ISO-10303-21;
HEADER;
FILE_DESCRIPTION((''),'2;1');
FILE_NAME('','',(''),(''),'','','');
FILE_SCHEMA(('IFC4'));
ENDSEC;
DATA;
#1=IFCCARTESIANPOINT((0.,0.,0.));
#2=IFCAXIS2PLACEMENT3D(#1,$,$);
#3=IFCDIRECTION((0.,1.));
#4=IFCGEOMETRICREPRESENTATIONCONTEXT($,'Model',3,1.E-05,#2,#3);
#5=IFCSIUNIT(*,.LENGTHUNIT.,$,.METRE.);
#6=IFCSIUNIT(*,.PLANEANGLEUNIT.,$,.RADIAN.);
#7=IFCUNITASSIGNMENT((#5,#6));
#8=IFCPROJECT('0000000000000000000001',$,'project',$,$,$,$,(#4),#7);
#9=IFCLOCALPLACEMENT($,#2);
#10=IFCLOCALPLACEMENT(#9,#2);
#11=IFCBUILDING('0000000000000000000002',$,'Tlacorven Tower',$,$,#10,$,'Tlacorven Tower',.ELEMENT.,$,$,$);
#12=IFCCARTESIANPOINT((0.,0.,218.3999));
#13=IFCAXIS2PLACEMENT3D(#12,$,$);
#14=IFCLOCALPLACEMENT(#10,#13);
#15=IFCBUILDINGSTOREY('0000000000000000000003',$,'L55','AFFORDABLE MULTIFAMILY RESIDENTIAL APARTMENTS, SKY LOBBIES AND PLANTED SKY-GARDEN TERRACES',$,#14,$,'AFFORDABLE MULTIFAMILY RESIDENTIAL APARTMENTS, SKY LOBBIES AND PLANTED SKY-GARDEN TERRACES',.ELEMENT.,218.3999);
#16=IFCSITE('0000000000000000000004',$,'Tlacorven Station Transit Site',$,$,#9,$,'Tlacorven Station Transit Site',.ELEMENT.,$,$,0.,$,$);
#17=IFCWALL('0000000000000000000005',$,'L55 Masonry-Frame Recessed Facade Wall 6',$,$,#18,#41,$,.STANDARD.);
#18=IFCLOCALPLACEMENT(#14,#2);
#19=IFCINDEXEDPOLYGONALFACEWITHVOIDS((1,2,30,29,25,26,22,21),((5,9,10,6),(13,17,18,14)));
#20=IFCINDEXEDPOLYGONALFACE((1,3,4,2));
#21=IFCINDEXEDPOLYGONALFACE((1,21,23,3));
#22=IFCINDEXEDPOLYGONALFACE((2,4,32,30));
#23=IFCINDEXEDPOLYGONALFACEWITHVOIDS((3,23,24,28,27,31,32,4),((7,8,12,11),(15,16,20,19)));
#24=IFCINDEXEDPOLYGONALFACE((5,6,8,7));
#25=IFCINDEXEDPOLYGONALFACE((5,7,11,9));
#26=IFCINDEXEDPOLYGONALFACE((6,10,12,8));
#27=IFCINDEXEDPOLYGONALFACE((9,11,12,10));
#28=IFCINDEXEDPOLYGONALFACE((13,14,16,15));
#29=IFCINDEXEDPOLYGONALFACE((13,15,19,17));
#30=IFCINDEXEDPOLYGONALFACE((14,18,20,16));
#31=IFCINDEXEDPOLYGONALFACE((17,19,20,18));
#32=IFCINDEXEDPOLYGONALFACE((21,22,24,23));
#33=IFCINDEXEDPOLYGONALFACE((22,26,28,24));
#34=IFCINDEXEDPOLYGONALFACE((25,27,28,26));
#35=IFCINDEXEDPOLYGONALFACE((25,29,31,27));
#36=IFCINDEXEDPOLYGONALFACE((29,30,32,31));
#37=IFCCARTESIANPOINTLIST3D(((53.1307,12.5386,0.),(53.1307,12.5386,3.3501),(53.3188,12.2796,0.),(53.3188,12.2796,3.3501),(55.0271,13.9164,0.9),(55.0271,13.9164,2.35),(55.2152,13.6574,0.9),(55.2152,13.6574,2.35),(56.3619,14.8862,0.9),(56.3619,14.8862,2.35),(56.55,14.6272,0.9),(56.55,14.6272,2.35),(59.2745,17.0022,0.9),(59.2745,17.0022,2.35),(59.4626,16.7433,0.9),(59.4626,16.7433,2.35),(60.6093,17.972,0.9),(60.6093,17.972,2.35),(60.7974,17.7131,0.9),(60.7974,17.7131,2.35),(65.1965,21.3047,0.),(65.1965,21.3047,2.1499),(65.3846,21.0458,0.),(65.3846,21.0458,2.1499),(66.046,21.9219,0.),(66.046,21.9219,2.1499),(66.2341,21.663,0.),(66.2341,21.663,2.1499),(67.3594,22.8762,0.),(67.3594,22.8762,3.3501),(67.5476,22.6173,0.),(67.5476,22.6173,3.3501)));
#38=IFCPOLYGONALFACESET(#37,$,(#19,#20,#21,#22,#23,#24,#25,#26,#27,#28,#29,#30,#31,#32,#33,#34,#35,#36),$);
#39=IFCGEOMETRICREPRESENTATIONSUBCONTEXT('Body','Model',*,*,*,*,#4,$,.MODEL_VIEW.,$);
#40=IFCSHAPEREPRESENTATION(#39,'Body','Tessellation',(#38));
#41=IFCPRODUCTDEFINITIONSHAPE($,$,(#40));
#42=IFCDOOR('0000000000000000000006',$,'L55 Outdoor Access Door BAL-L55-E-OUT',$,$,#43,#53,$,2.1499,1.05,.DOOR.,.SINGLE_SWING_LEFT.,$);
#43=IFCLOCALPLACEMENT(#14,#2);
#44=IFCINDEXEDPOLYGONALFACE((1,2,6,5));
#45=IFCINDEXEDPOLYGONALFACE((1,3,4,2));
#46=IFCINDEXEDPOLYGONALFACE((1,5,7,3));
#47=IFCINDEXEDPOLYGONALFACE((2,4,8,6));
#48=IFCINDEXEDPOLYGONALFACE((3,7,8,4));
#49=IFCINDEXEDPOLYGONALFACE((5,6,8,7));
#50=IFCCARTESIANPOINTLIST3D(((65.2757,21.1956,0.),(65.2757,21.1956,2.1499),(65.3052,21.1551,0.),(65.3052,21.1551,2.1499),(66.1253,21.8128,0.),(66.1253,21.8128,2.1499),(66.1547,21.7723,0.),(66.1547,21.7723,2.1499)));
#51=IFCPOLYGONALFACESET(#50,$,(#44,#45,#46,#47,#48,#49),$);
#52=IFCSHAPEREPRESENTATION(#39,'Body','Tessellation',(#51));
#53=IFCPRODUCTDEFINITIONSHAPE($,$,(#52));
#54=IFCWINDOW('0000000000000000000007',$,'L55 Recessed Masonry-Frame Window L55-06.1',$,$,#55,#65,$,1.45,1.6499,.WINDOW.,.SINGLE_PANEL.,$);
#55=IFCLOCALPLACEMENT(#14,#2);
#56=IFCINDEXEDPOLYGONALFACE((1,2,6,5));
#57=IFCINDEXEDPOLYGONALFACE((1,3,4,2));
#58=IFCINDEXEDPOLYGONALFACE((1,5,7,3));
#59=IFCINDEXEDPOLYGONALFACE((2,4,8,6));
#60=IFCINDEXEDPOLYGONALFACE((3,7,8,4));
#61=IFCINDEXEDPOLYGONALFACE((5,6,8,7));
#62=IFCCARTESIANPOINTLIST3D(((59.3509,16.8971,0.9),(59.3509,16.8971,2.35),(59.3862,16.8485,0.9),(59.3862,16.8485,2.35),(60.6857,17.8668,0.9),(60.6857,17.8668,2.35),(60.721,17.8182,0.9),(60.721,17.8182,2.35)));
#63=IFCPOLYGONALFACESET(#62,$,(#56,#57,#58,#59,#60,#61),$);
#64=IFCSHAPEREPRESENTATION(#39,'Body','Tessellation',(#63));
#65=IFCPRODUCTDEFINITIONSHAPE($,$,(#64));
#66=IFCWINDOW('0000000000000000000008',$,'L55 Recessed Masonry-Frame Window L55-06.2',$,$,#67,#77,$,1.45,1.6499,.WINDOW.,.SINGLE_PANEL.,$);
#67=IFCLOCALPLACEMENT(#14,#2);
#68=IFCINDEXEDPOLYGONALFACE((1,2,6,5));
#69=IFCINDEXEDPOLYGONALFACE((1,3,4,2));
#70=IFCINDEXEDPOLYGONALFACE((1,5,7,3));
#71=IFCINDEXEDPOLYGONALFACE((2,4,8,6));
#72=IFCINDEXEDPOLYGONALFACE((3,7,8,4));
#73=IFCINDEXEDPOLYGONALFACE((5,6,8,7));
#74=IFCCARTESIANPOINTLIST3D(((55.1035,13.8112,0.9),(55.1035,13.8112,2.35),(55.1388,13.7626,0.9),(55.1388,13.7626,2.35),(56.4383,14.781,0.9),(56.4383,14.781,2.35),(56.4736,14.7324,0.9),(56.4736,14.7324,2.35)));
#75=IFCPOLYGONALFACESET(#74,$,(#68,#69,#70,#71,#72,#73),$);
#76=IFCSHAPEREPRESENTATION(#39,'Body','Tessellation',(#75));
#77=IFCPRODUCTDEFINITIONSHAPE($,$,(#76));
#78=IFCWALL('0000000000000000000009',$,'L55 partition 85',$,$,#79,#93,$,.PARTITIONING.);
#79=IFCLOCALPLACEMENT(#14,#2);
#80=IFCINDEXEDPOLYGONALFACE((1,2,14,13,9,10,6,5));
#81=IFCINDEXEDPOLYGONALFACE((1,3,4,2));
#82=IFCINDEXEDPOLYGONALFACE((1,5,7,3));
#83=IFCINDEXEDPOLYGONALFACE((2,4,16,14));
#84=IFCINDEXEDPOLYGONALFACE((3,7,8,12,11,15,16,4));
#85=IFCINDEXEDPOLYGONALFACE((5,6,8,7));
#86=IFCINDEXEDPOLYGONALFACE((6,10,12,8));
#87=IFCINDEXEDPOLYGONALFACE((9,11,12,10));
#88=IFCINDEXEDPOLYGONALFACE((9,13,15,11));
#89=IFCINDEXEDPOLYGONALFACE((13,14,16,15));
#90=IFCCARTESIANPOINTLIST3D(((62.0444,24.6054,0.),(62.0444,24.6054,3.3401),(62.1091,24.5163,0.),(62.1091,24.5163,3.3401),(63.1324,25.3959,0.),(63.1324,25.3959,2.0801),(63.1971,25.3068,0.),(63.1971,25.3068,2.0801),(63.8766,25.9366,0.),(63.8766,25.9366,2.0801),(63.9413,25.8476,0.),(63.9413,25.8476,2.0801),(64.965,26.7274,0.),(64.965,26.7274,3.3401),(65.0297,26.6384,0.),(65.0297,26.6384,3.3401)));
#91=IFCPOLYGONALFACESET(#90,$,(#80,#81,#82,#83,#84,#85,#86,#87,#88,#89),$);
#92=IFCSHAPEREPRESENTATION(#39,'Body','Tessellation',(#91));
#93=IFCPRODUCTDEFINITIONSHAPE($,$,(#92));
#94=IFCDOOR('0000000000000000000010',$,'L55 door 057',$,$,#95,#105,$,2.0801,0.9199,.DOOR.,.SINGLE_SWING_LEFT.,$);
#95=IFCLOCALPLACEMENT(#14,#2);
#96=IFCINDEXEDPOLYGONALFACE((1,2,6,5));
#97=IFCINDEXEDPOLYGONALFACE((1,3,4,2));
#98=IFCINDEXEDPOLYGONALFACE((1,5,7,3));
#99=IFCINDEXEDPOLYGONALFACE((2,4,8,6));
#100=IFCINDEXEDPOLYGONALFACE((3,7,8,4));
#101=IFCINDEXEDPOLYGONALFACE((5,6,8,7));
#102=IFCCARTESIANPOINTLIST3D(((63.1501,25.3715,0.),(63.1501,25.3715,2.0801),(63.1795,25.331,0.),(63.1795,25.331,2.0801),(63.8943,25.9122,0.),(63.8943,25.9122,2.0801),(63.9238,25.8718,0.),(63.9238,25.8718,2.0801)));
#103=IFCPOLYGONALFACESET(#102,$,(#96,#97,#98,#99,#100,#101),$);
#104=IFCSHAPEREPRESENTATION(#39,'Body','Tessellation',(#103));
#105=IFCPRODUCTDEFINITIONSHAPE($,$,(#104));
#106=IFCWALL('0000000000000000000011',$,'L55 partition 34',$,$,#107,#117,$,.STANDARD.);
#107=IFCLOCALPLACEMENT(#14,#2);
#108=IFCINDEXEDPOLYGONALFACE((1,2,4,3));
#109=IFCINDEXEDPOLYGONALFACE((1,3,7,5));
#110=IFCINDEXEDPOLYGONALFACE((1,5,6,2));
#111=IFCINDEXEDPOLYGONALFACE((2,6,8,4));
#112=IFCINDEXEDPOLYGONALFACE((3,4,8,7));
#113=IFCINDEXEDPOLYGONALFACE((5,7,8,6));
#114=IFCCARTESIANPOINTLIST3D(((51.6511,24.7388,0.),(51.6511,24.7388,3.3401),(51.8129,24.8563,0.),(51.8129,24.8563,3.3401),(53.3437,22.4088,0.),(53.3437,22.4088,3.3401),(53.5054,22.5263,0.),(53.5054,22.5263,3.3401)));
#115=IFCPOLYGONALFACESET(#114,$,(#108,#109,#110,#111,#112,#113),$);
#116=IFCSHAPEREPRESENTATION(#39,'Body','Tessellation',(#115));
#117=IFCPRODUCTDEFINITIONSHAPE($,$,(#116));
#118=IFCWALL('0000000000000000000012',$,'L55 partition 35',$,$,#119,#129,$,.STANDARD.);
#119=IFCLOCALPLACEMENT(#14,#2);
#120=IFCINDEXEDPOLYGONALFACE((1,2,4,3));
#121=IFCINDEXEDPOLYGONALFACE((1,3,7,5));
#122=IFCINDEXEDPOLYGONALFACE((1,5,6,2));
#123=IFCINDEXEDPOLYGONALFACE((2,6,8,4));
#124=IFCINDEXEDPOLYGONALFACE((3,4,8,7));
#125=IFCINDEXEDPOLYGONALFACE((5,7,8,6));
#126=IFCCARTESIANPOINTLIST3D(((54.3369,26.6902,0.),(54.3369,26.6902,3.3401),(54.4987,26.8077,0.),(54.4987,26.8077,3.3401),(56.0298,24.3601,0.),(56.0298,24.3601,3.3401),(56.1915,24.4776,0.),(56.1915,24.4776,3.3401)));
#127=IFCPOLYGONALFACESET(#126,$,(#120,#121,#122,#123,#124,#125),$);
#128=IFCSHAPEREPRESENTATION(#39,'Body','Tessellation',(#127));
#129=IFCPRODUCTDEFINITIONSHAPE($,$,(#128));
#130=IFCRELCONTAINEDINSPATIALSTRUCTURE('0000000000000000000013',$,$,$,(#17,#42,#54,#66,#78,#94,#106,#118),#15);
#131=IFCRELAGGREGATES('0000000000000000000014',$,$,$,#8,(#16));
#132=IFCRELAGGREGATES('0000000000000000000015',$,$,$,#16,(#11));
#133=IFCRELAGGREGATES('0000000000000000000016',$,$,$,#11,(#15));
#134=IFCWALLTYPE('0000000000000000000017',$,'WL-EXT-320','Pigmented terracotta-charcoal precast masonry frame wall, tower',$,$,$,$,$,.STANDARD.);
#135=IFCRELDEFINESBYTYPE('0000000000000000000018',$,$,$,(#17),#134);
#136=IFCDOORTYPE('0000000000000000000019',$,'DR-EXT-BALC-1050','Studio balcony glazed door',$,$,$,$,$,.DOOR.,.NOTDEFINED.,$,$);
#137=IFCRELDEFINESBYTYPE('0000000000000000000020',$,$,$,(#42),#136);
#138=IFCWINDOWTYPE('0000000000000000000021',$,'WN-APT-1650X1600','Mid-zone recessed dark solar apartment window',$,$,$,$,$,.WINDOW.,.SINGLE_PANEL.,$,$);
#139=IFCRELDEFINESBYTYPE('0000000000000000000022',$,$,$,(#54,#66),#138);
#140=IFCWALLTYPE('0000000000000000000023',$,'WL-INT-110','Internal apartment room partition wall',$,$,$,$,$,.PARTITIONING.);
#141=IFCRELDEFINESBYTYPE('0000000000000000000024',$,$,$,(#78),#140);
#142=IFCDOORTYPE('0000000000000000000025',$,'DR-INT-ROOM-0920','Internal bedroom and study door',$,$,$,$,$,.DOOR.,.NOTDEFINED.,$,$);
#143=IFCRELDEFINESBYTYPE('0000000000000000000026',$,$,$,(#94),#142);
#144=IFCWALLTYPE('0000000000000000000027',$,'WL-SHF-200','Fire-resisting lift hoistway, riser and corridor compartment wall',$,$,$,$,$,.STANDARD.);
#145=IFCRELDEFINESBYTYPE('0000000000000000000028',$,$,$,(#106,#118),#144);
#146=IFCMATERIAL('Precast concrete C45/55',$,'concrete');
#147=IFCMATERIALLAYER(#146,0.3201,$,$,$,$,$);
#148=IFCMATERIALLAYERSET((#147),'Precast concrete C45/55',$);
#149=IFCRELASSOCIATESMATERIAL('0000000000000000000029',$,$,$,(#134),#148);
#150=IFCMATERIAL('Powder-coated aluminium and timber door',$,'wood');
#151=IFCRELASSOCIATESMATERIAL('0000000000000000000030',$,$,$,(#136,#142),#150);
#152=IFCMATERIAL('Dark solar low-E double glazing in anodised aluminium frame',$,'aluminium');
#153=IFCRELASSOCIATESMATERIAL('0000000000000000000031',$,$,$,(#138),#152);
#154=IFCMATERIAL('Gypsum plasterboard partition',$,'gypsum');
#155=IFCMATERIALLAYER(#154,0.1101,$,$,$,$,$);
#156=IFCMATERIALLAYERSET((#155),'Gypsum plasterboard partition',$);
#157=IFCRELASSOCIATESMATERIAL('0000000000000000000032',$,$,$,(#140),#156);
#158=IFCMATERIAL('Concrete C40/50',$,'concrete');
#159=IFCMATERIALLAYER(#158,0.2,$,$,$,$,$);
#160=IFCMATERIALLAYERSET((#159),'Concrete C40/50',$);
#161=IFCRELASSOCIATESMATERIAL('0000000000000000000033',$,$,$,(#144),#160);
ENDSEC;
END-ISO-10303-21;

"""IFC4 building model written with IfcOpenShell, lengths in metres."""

from ifc_helpers import new_model, si_unit, direction, frame, frame_2d, origin, place, context, subcontext, project, spatial, rectangle, extrude, source, transform, mapped, material, layer, layer_set, type_object, element, fill, save


model = new_model("IFC4")

# Units and contexts
model_context = context("Model", 3, precision=1e-05, world=origin(), true_north=direction((0.0, 1.0)))
body_context = subcontext(model_context, "Body", "Model", "MODEL_VIEW")
ifc_project = project(units=[si_unit("LENGTHUNIT", "METRE"), si_unit("PLANEANGLEUNIT", "RADIAN")], contexts=[model_context])

# Site, building, storey
site_placement = place(None, origin())
site = spatial("IfcSite", under=ifc_project, at=site_placement, Name="Tlacorven Station Transit Site", LongName="Tlacorven Station Transit Site", CompositionType="ELEMENT", RefElevation=0.0)
building_placement = place(site_placement, origin())
building = spatial("IfcBuilding", under=site, at=building_placement, Name="Tlacorven Tower", LongName="Tlacorven Tower", CompositionType="ELEMENT")
storey_placement = place(building_placement, frame((0.0, 0.0, 218.3999)))
storey = spatial("IfcBuildingStorey", under=building, at=storey_placement, Name="L55", Description="AFFORDABLE MULTIFAMILY RESIDENTIAL APARTMENTS, SKY LOBBIES AND PLANTED SKY-GARDEN TERRACES", LongName="AFFORDABLE MULTIFAMILY RESIDENTIAL APARTMENTS, SKY LOBBIES AND PLANTED SKY-GARDEN TERRACES", CompositionType="ELEMENT", Elevation=218.3999)

# Wall, openings, door, windows
ifc_material_1 = material(Name="Precast concrete C45/55", Category="concrete")
ifc_layer_1 = layer(ifc_material_1, 0.3201)
ifc_layer_set_1 = layer_set([ifc_layer_1], Name="Precast concrete C45/55")
wall_type_1 = type_object("IfcWallType", Name="WL-EXT-320", Description="Pigmented terracotta-charcoal precast masonry frame wall, tower", PredefinedType="STANDARD", material=ifc_layer_set_1)
wall_1_placement = place(storey_placement, frame((67.4536, 22.7468, 0.0), z_axis=(0.0, 0.0, 1.0), x_axis=(-0.809021, -0.58778, 0.0)))
wall_1 = element("IfcWall", 1, at=wall_1_placement, inside=storey, type_object=wall_type_1, Name="L55 Masonry-Frame Recessed Facade Wall 6", PredefinedType="STANDARD", context=body_context, shape_type="SweptSolid", body=[
    extrude(rectangle(XDim=17.5876, YDim=0.3201, at=frame_2d((8.7939, 0.0))), origin(), (0.0, 0.0, 1.0), 3.3501),
])
opening_1_placement = place(wall_1_placement, frame((1.6238, 0.0, 0.0)))
opening_1 = element("IfcOpeningElement", 2, at=opening_1_placement, cuts=wall_1, PredefinedType="OPENING", context=body_context, shape_type="SweptSolid", body=[
    extrude(rectangle(XDim=1.05, YDim=2.1499, at=frame_2d((0.5249, 1.075))), frame((0.0, 0.1699, 0.0), z_axis=(0.0, -1.0, 0.0), x_axis=(1.0, 0.0, 0.0)), (0.0, 0.0, 1.0), 0.3401),
])
opening_2_placement = place(wall_1_placement, frame((8.3438, 0.0, 0.8999)))
opening_2 = element("IfcOpeningElement", 3, at=opening_2_placement, cuts=wall_1, PredefinedType="OPENING", context=body_context, shape_type="SweptSolid", body=[
    extrude(rectangle(XDim=1.6499, YDim=1.45, at=frame_2d((0.825, 0.7251))), frame((0.0, 0.1699, 0.0), z_axis=(0.0, -1.0, 0.0), x_axis=(1.0, 0.0, 0.0)), (0.0, 0.0, 1.0), 0.3401),
])
opening_3_placement = place(wall_1_placement, frame((13.5938, 0.0, 0.8999)))
opening_3 = element("IfcOpeningElement", 4, at=opening_3_placement, cuts=wall_1, PredefinedType="OPENING", context=body_context, shape_type="SweptSolid", body=[
    extrude(rectangle(XDim=1.6499, YDim=1.45, at=frame_2d((0.825, 0.7251))), frame((0.0, 0.1699, 0.0), z_axis=(0.0, -1.0, 0.0), x_axis=(1.0, 0.0, 0.0)), (0.0, 0.0, 1.0), 0.3401),
])
ifc_material_2 = material(Name="Powder-coated aluminium and timber door", Category="wood")
door_type_1 = type_object("IfcDoorType", Name="DR-EXT-BALC-1050", Description="Studio balcony glazed door", OperationType="NOTDEFINED", PredefinedType="DOOR", material=ifc_material_2)
shared_shape_1 = source(origin(), body_context, "Body", "SweptSolid", [
    extrude(rectangle(XDim=1.05, YDim=2.1499, at=frame_2d((0.5249, 1.075))), frame((0.0, 0.0249, 0.0), z_axis=(0.0, -1.0, 0.0), x_axis=(1.0, 0.0, 0.0)), (0.0, 0.0, 1.0), 0.05),
])
door_1_placement = place(opening_1_placement, origin())
door_1 = element("IfcDoor", 5, at=door_1_placement, inside=storey, type_object=door_type_1, Name="L55 Outdoor Access Door BAL-L55-E-OUT", OperationType="SINGLE_SWING_LEFT", OverallHeight=2.1499, OverallWidth=1.05, PredefinedType="DOOR", context=body_context, shape_type="MappedRepresentation", body=[
    mapped(shared_shape_1, transform((0.0, 0.0, 0.0), scale=1.0)),
])
fill(opening_1, door_1)
ifc_material_3 = material(Name="Dark solar low-E double glazing in anodised aluminium frame", Category="aluminium")
window_type = type_object("IfcWindowType", Name="WN-APT-1650X1600", Description="Mid-zone recessed dark solar apartment window", PartitioningType="SINGLE_PANEL", PredefinedType="WINDOW", material=ifc_material_3)
shared_shape_2 = source(origin(), body_context, "Body", "SweptSolid", [
    extrude(rectangle(XDim=1.6499, YDim=1.45, at=frame_2d((0.825, 0.7251))), frame((0.0, 0.03, 0.0), z_axis=(0.0, -1.0, 0.0), x_axis=(1.0, 0.0, 0.0)), (0.0, 0.0, 1.0), 0.0601),
])
window_1_placement = place(opening_2_placement, origin())
window_1 = element("IfcWindow", 6, at=window_1_placement, inside=storey, type_object=window_type, Name="L55 Recessed Masonry-Frame Window L55-06.1", OverallHeight=1.45, OverallWidth=1.6499, PartitioningType="SINGLE_PANEL", PredefinedType="WINDOW", context=body_context, shape_type="MappedRepresentation", body=[
    mapped(shared_shape_2, transform((0.0, 0.0, 0.0), scale=1.0)),
])
fill(opening_2, window_1)
window_2_placement = place(opening_3_placement, origin())
window_2 = element("IfcWindow", 7, at=window_2_placement, inside=storey, type_object=window_type, Name="L55 Recessed Masonry-Frame Window L55-06.2", OverallHeight=1.45, OverallWidth=1.6499, PartitioningType="SINGLE_PANEL", PredefinedType="WINDOW", context=body_context, shape_type="MappedRepresentation", body=[
    mapped(shared_shape_2, transform((0.0, 0.0, 0.0), scale=1.0)),
])
fill(opening_3, window_2)

# Wall, opening, door
ifc_material_4 = material(Name="Gypsum plasterboard partition", Category="gypsum")
ifc_layer_2 = layer(ifc_material_4, 0.1101)
ifc_layer_set_2 = layer_set([ifc_layer_2], Name="Gypsum plasterboard partition")
wall_type_2 = type_object("IfcWallType", Name="WL-INT-110", Description="Internal apartment room partition wall", PredefinedType="PARTITIONING", material=ifc_layer_set_2)
wall_2_placement = place(storey_placement, frame((62.0767, 24.5608, 0.0), z_axis=(0.0, 0.0, 1.0), x_axis=(0.809005, 0.587802, 0.0)))
wall_2 = element("IfcWall", 8, at=wall_2_placement, inside=storey, type_object=wall_type_2, Name="L55 partition 85", PredefinedType="PARTITIONING", context=body_context, shape_type="SweptSolid", body=[
    extrude(rectangle(XDim=3.6101, YDim=0.1101, at=frame_2d((1.8052, 0.0))), origin(), (0.0, 0.0, 1.0), 3.3401),
])
opening_4_placement = place(wall_2_placement, frame((1.345, 0.0, 0.0)))
opening_4 = element("IfcOpeningElement", 9, at=opening_4_placement, cuts=wall_2, PredefinedType="OPENING", context=body_context, shape_type="SweptSolid", body=[
    extrude(rectangle(XDim=0.9199, YDim=2.0801, at=frame_2d((0.46, 1.04))), frame((0.0, 0.0649, 0.0), z_axis=(0.0, -1.0, 0.0), x_axis=(1.0, 0.0, 0.0)), (0.0, 0.0, 1.0), 0.1301),
])
door_type_2 = type_object("IfcDoorType", Name="DR-INT-ROOM-0920", Description="Internal bedroom and study door", OperationType="NOTDEFINED", PredefinedType="DOOR", material=ifc_material_2)
shared_shape_3 = source(origin(), body_context, "Body", "SweptSolid", [
    extrude(rectangle(XDim=0.9199, YDim=2.0801, at=frame_2d((0.46, 1.04))), frame((0.0, 0.0249, 0.0), z_axis=(0.0, -1.0, 0.0), x_axis=(1.0, 0.0, 0.0)), (0.0, 0.0, 1.0), 0.05),
])
door_2_placement = place(opening_4_placement, origin())
door_2 = element("IfcDoor", 10, at=door_2_placement, inside=storey, type_object=door_type_2, Name="L55 door 057", OperationType="SINGLE_SWING_LEFT", OverallHeight=2.0801, OverallWidth=0.9199, PredefinedType="DOOR", context=body_context, shape_type="MappedRepresentation", body=[
    mapped(shared_shape_3, transform((0.0, 0.0, 0.0), scale=1.0)),
])
fill(opening_4, door_2)

# Walls
ifc_material_5 = material(Name="Concrete C40/50", Category="concrete")
ifc_layer_3 = layer(ifc_material_5, 0.2)
ifc_layer_set_3 = layer_set([ifc_layer_3], Name="Concrete C40/50")
wall_type_3 = type_object("IfcWallType", Name="WL-SHF-200", Description="Fire-resisting lift hoistway, riser and corridor compartment wall", PredefinedType="STANDARD", material=ifc_layer_set_3)
wall_3_placement = place(storey_placement, frame((53.4246, 22.4675, 0.0), z_axis=(0.0, 0.0, 1.0), x_axis=(-0.587723, 0.809062, 0.0)))
element("IfcWall", 11, at=wall_3_placement, inside=storey, type_object=wall_type_3, Name="L55 partition 34", PredefinedType="STANDARD", context=body_context, shape_type="SweptSolid", body=[
    extrude(rectangle(XDim=2.8799, YDim=0.2, at=frame_2d((1.4399, 0.0))), origin(), (0.0, 0.0, 1.0), 3.3401),
])
wall_4_placement = place(storey_placement, frame((56.1106, 24.4189, 0.0), z_axis=(0.0, 0.0, 1.0), x_axis=(-0.587778, 0.809022, 0.0)))
element("IfcWall", 12, at=wall_4_placement, inside=storey, type_object=wall_type_3, Name="L55 partition 35", PredefinedType="STANDARD", context=body_context, shape_type="SweptSolid", body=[
    extrude(rectangle(XDim=2.8801, YDim=0.2, at=frame_2d((1.4399, 0.0))), origin(), (0.0, 0.0, 1.0), 3.3401),
])

save(model, "model.ifc")
